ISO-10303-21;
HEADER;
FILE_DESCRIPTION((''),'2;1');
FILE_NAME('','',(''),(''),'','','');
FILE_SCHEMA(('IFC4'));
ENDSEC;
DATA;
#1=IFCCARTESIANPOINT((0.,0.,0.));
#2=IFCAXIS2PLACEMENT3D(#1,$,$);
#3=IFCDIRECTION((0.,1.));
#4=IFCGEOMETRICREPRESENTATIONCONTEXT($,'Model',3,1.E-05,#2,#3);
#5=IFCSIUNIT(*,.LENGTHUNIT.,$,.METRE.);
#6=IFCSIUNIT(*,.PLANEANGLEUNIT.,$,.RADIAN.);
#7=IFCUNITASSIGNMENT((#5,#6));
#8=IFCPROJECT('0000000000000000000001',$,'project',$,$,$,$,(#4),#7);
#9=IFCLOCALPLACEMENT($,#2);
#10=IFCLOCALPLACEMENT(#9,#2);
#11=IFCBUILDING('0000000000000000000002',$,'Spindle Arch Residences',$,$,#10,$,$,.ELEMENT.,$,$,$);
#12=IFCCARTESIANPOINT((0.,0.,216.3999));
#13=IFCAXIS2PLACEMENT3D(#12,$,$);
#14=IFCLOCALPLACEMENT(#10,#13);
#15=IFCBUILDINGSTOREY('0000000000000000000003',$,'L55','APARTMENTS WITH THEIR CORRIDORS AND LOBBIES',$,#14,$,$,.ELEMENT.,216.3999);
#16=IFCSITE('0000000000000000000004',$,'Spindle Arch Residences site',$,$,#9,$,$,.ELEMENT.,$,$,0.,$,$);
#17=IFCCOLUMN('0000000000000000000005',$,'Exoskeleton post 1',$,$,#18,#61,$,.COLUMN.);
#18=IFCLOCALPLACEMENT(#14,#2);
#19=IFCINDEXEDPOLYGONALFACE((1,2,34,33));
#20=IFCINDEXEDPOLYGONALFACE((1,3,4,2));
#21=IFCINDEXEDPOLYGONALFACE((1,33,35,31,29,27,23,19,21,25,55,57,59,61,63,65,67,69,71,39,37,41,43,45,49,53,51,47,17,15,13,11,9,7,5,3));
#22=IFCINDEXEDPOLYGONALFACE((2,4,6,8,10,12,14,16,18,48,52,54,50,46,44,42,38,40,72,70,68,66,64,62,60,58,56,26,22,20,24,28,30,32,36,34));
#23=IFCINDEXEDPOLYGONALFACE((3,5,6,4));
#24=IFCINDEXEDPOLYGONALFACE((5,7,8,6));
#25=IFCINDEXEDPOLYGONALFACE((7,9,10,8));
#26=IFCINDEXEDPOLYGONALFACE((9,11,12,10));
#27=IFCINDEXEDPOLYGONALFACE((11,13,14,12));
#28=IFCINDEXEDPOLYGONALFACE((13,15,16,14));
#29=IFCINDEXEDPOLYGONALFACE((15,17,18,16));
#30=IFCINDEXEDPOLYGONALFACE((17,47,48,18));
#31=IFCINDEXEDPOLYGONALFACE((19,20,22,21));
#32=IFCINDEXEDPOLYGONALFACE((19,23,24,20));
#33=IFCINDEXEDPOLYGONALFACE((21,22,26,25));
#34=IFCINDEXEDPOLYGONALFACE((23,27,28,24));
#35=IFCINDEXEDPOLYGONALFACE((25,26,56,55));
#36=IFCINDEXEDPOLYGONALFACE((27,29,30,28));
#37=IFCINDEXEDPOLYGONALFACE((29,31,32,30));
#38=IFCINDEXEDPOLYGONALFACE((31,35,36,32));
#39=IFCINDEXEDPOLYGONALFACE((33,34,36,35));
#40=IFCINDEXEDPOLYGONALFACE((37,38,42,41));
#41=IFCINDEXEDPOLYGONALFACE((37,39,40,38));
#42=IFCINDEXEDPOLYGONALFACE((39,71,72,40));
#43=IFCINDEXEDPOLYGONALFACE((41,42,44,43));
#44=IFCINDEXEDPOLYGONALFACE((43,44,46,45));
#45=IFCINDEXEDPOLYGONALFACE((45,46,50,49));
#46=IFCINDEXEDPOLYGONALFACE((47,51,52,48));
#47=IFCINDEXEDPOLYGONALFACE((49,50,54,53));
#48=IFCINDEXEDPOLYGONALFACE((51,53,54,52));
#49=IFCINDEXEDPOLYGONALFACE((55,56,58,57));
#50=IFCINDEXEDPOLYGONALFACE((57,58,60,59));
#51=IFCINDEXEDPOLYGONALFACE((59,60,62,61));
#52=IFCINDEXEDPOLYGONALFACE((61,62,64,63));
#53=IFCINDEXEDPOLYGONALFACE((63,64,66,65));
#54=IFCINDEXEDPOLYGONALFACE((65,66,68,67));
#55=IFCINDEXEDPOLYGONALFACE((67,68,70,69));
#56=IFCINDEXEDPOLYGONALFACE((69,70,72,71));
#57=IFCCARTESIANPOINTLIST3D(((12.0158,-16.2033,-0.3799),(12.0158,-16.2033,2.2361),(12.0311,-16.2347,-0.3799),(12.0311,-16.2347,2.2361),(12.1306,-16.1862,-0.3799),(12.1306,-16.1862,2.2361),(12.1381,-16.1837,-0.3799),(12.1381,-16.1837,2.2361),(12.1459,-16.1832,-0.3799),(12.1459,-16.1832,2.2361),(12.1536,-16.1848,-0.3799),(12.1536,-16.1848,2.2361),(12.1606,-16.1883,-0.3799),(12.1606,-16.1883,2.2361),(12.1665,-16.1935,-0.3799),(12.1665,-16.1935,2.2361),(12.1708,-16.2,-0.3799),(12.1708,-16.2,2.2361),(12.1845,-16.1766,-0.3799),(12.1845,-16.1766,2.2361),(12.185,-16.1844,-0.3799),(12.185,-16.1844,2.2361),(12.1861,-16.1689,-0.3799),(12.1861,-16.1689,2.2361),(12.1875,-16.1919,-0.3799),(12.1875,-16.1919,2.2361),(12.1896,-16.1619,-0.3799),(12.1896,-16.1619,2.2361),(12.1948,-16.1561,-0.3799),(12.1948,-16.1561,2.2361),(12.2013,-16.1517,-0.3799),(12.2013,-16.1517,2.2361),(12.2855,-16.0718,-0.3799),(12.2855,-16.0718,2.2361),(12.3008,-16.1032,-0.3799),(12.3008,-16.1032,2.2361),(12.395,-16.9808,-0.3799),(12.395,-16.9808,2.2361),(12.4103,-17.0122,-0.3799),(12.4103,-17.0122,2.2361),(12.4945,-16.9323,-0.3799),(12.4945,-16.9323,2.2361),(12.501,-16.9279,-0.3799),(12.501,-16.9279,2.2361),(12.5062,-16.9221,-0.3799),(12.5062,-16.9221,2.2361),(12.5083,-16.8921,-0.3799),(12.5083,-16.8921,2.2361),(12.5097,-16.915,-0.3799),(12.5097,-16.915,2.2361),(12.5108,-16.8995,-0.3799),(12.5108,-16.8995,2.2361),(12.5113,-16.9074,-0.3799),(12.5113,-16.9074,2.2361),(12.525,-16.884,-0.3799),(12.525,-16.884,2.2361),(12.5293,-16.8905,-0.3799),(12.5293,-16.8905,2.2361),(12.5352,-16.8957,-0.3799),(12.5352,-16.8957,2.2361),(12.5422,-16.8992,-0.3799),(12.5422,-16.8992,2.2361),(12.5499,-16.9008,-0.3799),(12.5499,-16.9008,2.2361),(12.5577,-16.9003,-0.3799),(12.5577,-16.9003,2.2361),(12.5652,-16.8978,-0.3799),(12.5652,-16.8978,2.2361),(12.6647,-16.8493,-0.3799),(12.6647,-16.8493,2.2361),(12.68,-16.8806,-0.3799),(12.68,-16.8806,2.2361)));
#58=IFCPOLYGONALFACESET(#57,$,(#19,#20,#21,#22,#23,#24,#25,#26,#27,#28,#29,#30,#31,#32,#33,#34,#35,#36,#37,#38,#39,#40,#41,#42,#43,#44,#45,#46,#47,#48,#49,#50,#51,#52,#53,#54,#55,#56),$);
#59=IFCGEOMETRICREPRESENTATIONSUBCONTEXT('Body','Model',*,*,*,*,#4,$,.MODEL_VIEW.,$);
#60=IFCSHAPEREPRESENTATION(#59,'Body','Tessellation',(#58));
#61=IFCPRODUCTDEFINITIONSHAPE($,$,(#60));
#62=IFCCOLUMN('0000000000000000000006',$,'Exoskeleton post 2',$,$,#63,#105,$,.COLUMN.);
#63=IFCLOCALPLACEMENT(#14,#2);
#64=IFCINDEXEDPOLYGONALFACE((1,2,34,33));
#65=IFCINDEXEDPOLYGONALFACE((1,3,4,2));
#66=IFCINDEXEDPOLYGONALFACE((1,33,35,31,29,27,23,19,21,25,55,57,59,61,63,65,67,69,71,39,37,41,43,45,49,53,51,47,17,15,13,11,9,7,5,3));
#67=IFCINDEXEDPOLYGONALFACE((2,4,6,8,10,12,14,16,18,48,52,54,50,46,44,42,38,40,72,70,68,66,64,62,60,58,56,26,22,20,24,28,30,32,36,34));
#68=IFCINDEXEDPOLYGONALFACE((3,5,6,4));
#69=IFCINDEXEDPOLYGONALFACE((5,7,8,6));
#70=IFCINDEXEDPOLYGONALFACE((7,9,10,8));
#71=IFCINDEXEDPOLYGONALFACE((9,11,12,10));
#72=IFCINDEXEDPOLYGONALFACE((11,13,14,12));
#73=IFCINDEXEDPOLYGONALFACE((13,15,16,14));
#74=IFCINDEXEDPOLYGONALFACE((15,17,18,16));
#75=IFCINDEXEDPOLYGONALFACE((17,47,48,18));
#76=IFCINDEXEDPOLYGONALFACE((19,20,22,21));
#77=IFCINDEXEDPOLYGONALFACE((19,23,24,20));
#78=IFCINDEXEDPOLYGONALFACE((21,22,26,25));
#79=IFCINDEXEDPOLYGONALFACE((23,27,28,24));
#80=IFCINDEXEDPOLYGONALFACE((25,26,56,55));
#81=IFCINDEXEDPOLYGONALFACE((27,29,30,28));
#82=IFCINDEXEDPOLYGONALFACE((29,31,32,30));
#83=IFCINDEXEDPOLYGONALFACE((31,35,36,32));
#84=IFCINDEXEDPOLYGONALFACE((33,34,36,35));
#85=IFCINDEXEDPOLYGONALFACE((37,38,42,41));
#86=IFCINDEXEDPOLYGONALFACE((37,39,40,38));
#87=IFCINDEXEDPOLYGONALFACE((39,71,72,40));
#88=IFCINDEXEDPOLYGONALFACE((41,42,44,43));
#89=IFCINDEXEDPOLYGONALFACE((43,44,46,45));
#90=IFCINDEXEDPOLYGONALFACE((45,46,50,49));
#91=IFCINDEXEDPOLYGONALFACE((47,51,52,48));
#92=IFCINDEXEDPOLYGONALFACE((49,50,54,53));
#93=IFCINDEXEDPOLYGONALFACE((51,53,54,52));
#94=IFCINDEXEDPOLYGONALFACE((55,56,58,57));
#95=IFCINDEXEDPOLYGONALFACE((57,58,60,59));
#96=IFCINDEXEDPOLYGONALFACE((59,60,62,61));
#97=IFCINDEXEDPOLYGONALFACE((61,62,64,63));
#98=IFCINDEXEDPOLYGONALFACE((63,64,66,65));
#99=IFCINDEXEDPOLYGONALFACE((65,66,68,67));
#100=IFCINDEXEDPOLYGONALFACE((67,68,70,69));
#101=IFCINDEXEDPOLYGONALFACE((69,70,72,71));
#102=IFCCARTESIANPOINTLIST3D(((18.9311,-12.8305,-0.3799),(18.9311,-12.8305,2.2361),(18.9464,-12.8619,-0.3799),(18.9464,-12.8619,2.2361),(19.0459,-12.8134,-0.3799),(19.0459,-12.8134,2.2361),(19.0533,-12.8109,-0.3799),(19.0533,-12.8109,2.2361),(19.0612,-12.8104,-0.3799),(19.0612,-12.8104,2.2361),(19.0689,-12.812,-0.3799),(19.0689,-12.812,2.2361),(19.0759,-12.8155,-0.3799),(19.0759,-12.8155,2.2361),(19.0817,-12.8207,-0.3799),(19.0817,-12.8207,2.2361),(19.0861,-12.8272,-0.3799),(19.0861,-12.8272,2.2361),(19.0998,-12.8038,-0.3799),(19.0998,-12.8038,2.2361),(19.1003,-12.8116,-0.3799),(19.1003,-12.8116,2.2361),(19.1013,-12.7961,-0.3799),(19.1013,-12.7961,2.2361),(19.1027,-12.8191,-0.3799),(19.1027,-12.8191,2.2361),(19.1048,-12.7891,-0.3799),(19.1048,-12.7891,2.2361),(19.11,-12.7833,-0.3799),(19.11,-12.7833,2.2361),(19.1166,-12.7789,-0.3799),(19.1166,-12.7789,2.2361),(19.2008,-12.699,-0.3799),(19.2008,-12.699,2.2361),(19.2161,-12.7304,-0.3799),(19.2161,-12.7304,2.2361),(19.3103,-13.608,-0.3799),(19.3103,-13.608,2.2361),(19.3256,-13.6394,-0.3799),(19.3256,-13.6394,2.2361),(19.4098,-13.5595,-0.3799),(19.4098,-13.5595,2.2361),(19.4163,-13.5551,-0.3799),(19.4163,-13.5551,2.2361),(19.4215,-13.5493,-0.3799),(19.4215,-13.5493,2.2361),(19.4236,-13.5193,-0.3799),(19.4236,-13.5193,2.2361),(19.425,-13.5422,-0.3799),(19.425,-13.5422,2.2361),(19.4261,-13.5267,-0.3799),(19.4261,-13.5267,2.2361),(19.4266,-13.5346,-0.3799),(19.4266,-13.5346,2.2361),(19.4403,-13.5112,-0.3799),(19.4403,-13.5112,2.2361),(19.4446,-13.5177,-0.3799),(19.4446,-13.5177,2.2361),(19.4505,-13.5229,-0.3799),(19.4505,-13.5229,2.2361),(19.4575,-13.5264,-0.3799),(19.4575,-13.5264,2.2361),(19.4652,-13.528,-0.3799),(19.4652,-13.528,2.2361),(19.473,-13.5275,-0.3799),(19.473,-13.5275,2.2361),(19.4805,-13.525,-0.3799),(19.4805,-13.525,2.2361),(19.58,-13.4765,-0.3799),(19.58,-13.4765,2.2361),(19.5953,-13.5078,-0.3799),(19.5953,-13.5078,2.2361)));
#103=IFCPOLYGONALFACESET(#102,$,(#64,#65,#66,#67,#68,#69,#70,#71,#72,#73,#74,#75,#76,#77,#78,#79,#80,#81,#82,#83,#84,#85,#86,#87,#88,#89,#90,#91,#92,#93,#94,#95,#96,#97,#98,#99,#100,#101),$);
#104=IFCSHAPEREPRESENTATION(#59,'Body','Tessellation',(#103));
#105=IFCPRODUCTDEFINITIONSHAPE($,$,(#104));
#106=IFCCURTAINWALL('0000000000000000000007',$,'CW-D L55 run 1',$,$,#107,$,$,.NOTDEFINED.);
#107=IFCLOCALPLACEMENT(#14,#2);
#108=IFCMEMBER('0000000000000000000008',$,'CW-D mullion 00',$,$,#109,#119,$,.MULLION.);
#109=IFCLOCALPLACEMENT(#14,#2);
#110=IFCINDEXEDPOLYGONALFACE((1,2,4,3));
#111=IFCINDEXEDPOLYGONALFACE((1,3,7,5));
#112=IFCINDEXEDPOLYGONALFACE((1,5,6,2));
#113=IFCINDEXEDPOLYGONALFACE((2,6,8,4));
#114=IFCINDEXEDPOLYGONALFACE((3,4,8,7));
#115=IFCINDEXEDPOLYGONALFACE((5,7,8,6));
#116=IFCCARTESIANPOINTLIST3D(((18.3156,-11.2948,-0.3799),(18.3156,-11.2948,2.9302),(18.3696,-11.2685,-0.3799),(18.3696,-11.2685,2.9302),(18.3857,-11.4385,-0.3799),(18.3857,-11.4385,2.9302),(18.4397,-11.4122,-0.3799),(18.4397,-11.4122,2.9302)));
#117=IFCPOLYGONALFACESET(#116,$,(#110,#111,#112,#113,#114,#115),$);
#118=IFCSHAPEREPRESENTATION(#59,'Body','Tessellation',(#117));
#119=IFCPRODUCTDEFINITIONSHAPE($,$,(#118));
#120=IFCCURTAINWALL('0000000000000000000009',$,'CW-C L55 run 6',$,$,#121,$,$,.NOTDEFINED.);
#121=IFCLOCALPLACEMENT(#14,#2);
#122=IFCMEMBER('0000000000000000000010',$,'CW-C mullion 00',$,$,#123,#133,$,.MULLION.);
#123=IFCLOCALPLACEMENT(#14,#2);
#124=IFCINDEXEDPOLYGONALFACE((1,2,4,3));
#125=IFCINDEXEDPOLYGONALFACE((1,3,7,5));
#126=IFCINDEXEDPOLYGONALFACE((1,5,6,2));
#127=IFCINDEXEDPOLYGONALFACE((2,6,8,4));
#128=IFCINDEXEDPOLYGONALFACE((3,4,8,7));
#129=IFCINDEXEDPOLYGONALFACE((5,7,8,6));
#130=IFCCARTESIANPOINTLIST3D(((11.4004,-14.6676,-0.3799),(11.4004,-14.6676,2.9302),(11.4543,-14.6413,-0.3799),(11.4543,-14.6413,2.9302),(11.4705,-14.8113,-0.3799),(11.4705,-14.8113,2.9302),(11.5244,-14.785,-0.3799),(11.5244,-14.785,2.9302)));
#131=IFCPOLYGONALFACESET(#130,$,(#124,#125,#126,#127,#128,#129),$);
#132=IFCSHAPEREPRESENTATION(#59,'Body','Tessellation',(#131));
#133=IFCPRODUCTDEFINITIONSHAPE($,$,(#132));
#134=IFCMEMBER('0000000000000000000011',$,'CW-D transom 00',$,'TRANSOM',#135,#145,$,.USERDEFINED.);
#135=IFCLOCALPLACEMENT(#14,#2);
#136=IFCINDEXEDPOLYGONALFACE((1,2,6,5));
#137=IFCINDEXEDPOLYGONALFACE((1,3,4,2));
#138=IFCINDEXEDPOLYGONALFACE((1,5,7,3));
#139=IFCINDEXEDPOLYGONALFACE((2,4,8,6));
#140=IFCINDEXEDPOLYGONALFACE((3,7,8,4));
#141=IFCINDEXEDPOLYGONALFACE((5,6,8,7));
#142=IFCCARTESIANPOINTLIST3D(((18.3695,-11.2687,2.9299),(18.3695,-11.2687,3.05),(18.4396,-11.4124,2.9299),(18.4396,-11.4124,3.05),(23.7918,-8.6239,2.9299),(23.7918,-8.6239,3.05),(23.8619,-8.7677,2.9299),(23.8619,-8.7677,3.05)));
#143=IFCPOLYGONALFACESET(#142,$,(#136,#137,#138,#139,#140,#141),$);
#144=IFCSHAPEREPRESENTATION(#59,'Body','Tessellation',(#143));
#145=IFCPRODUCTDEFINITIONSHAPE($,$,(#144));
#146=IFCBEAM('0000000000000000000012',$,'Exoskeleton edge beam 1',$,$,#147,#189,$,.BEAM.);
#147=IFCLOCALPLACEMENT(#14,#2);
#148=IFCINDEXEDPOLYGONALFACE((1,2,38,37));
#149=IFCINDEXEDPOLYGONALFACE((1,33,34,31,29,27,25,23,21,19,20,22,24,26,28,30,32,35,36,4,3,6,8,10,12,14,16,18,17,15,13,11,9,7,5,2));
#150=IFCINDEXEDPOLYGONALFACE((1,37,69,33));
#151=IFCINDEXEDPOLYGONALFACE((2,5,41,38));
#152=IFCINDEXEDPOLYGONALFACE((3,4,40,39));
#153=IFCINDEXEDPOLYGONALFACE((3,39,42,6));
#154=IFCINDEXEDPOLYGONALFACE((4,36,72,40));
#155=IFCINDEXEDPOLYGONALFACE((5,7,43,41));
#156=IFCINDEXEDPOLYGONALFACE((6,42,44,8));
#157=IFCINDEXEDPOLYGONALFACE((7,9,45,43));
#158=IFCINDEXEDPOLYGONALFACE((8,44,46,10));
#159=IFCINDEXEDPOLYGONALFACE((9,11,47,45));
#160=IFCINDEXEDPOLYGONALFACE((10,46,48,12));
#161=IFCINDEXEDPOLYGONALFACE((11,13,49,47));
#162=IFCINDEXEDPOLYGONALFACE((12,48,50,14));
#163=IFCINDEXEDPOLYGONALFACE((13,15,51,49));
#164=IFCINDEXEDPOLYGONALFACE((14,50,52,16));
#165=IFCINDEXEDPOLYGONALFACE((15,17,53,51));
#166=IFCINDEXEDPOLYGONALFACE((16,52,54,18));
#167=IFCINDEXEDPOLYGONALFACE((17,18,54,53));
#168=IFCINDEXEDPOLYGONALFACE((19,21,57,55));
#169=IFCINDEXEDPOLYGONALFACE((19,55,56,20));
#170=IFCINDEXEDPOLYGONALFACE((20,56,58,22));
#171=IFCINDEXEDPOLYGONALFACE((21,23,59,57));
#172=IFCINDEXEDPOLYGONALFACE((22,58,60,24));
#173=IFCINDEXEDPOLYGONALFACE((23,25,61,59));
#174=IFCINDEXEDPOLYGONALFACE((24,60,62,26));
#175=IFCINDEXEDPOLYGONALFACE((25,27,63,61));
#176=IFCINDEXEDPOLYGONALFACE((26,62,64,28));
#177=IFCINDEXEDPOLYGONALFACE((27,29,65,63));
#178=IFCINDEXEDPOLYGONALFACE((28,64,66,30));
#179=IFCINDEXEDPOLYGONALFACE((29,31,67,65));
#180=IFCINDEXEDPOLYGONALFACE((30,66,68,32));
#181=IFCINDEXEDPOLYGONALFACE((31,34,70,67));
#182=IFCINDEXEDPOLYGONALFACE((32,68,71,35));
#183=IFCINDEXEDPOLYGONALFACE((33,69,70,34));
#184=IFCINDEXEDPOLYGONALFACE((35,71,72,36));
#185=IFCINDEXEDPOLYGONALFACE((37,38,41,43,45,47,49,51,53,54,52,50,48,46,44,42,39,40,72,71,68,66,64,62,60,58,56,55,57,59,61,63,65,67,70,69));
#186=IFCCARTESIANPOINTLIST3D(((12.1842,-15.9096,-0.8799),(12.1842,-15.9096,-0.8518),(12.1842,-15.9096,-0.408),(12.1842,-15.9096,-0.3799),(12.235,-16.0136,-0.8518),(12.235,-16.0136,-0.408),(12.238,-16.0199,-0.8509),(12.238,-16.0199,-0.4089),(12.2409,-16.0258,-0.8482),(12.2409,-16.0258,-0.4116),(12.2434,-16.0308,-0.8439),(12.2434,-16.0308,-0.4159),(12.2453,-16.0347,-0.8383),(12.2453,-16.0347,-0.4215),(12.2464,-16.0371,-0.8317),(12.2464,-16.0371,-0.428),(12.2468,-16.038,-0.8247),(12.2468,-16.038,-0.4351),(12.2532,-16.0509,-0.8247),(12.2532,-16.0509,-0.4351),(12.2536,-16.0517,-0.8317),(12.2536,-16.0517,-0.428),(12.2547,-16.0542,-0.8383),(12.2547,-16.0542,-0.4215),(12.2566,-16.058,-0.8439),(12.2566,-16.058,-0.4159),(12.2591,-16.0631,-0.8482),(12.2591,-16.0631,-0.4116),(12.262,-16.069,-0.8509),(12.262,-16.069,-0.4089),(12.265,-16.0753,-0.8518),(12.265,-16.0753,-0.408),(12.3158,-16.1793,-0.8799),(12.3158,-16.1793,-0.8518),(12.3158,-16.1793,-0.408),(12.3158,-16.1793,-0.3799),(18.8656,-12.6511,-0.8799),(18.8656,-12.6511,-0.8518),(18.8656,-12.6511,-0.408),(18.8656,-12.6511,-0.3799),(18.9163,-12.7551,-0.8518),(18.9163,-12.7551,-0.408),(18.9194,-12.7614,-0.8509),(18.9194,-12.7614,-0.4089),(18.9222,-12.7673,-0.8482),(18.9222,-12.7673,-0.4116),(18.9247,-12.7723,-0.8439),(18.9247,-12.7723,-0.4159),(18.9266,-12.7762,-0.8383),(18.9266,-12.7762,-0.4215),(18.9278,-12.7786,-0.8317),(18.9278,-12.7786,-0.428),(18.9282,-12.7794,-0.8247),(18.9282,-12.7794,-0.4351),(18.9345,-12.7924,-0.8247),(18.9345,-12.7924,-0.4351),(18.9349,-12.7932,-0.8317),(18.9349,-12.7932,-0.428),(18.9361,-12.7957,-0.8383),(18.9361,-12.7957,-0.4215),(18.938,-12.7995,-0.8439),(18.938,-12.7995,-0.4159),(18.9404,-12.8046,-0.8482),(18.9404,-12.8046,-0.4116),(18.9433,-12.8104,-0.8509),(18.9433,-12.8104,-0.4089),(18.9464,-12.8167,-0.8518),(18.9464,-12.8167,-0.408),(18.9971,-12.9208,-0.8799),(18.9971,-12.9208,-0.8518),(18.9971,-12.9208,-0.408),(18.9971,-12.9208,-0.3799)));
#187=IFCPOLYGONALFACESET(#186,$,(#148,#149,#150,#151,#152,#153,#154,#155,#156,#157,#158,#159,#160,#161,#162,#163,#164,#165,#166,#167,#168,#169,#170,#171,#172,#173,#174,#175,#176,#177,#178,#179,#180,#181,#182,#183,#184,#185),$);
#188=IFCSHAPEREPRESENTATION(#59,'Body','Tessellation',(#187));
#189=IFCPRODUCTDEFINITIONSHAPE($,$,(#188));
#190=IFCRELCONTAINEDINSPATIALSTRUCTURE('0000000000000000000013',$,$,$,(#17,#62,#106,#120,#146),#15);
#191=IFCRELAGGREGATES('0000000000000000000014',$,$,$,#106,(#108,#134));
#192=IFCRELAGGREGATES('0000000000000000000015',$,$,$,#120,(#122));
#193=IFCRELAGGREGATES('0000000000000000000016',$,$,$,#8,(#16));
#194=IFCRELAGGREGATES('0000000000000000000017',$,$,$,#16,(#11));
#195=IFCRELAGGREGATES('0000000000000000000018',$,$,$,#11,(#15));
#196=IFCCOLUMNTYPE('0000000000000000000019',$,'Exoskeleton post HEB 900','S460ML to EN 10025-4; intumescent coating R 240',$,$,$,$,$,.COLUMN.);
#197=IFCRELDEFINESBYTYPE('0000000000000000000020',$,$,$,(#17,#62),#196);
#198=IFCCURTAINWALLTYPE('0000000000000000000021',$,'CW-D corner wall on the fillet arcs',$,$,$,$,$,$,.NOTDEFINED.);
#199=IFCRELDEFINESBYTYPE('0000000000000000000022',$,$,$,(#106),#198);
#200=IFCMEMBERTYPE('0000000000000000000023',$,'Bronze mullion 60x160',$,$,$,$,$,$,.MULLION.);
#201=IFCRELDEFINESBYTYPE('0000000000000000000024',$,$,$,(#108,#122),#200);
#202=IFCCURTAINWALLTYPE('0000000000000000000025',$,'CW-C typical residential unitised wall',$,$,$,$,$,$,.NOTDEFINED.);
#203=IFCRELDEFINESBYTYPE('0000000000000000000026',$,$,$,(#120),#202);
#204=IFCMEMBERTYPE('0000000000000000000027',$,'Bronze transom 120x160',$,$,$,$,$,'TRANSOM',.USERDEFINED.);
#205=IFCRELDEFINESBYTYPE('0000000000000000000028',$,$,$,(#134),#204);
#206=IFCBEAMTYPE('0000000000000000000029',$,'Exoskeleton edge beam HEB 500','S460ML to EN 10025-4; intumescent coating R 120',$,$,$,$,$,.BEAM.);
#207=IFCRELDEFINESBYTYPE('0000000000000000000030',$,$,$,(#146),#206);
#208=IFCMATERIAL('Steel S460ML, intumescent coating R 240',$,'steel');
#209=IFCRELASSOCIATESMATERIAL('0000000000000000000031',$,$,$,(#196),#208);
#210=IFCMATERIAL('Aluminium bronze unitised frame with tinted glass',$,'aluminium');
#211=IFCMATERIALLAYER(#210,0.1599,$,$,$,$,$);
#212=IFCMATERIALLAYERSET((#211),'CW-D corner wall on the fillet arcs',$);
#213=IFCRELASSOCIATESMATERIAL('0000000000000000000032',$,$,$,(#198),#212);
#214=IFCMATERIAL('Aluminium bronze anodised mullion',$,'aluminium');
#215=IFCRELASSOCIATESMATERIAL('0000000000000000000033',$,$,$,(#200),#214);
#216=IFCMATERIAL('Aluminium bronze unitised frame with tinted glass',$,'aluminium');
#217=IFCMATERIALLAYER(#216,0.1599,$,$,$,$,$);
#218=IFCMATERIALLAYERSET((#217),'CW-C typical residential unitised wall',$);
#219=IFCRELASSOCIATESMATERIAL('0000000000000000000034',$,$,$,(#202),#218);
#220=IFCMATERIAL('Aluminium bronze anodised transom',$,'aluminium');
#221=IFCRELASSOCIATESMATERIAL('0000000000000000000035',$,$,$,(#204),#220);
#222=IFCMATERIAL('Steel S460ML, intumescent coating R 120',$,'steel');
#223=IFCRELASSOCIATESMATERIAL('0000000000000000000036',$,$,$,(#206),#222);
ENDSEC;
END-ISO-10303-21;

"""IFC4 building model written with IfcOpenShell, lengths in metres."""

from ifc_helpers import new_model, si_unit, direction, frame, origin, origin_2d, place, context, subcontext, project, spatial, rectangle, i_section, extrude, material, layer, layer_set, material_profile, profile_set, type_object, element, aggregate, save


model = new_model("IFC4")

# Units and contexts
model_context = context("Model", 3, precision=1e-05, world=origin(), true_north=direction((0.0, 1.0)))
body_context = subcontext(model_context, "Body", "Model", "MODEL_VIEW")
ifc_project = project(units=[si_unit("LENGTHUNIT", "METRE"), si_unit("PLANEANGLEUNIT", "RADIAN")], contexts=[model_context])

# Site, building, storey
site_placement = place(None, origin())
site = spatial("IfcSite", under=ifc_project, at=site_placement, Name="Spindle Arch Residences site", CompositionType="ELEMENT", RefElevation=0.0)
building_placement = place(site_placement, origin())
building = spatial("IfcBuilding", under=site, at=building_placement, Name="Spindle Arch Residences", CompositionType="ELEMENT")
storey_placement = place(building_placement, frame((0.0, 0.0, 216.3999)))
storey = spatial("IfcBuildingStorey", under=building, at=storey_placement, Name="L55", Description="APARTMENTS WITH THEIR CORRIDORS AND LOBBIES", CompositionType="ELEMENT", Elevation=216.3999)

# Columns
ifc_material_1 = material(Name="Steel S460ML, intumescent coating R 240", Category="steel")
ifc_material_profile_1 = material_profile(ifc_material_1, i_section(OverallWidth=0.3, OverallDepth=0.8999, WebThickness=0.0186, FlangeThickness=0.0349, FilletRadius=0.03, at=origin_2d()), Name="HEB 900")
ifc_profile_set_1 = profile_set([ifc_material_profile_1], Name="Steel S460ML, intumescent coating R 240")
column_type = type_object("IfcColumnType", Name="Exoskeleton post HEB 900", Description="S460ML to EN 10025-4; intumescent coating R 240", PredefinedType="COLUMN", material=ifc_profile_set_1)
for number, where, z_axis, x_axis, name in (
    (1, (12.3479, -16.542, -0.3799), (0.0, 0.0, 1.0), (-0.898794, -0.438371, 0.0), "Exoskeleton post 1"),
    (2, (19.2632, -13.1692, -0.3799), (0.0, 0.0, 1.0), (-0.898794, -0.438371, 0.0), "Exoskeleton post 2"),
):
    element("IfcColumn", number, at=place(storey_placement, frame(where, z_axis=z_axis, x_axis=x_axis)), inside=storey, type_object=column_type, Name=name, PredefinedType="COLUMN", context=body_context, shape_type="SweptSolid", body=[
        extrude(i_section(OverallWidth=0.3, OverallDepth=0.8999, WebThickness=0.0186, FlangeThickness=0.0349, FilletRadius=0.03, at=origin_2d()), origin(), (0.0, 0.0, 1.0), 2.616),
    ])

# Curtain walls, members
ifc_material_2 = material(Name="Aluminium bronze unitised frame with tinted glass", Category="aluminium")
ifc_layer_1 = layer(ifc_material_2, 0.1599)
ifc_layer_set_1 = layer_set([ifc_layer_1], Name="CW-D corner wall on the fillet arcs")
curtain_wall_type_1 = type_object("IfcCurtainWallType", Name="CW-D corner wall on the fillet arcs", PredefinedType="NOTDEFINED", material=ifc_layer_set_1)
curtain_wall_1_placement = place(storey_placement, origin())
curtain_wall_1 = element("IfcCurtainWall", 3, at=curtain_wall_1_placement, inside=storey, type_object=curtain_wall_type_1, Name="CW-D L55 run 1", PredefinedType="NOTDEFINED")
ifc_material_3 = material(Name="Aluminium bronze anodised mullion", Category="aluminium")
ifc_material_profile_2 = material_profile(ifc_material_3, rectangle(XDim=0.1599, YDim=0.0601, at=origin_2d()), Name="MU 60x160")
ifc_profile_set_2 = profile_set([ifc_material_profile_2], Name="Aluminium bronze anodised mullion")
member_type_1 = type_object("IfcMemberType", Name="Bronze mullion 60x160", PredefinedType="MULLION", material=ifc_profile_set_2)
member_1_placement = place(storey_placement, frame((18.3777, -11.3535, -0.3799), z_axis=(0.0, 0.0, 1.0), x_axis=(-0.438371, 0.898794, 0.0)))
member_1 = element("IfcMember", 4, at=member_1_placement, type_object=member_type_1, Name="CW-D mullion 00", PredefinedType="MULLION", context=body_context, shape_type="SweptSolid", body=[
    extrude(rectangle(XDim=0.1599, YDim=0.0601, at=origin_2d()), origin(), (0.0, 0.0, 1.0), 3.3101),
])
ifc_material_4 = material(Name="Aluminium bronze unitised frame with tinted glass", Category="aluminium")
ifc_layer_2 = layer(ifc_material_4, 0.1599)
ifc_layer_set_2 = layer_set([ifc_layer_2], Name="CW-C typical residential unitised wall")
curtain_wall_type_2 = type_object("IfcCurtainWallType", Name="CW-C typical residential unitised wall", PredefinedType="NOTDEFINED", material=ifc_layer_set_2)
curtain_wall_2_placement = place(storey_placement, origin())
curtain_wall_2 = element("IfcCurtainWall", 5, at=curtain_wall_2_placement, inside=storey, type_object=curtain_wall_type_2, Name="CW-C L55 run 6", PredefinedType="NOTDEFINED")
member_2_placement = place(storey_placement, frame((11.4624, -14.7263, -0.3799), z_axis=(0.0, 0.0, 1.0), x_axis=(-0.438371, 0.898794, 0.0)))
member_2 = element("IfcMember", 6, at=member_2_placement, type_object=member_type_1, Name="CW-C mullion 00", PredefinedType="MULLION", context=body_context, shape_type="SweptSolid", body=[
    extrude(rectangle(XDim=0.1599, YDim=0.0601, at=origin_2d()), origin(), (0.0, 0.0, 1.0), 3.3101),
])

# Member
ifc_material_5 = material(Name="Aluminium bronze anodised transom", Category="aluminium")
ifc_material_profile_3 = material_profile(ifc_material_5, rectangle(XDim=0.1599, YDim=0.1201, at=origin_2d()), Name="TR 120x160")
ifc_profile_set_3 = profile_set([ifc_material_profile_3], Name="Aluminium bronze anodised transom")
member_type_2 = type_object("IfcMemberType", Name="Bronze transom 120x160", ElementType="TRANSOM", PredefinedType="USERDEFINED", material=ifc_profile_set_3)
member_3_placement = place(storey_placement, frame((18.4045, -11.3406, 2.99), z_axis=(0.898787, 0.438386, 0.0), x_axis=(-0.438386, 0.898787, 0.0)))
member_3 = element("IfcMember", 7, at=member_3_placement, type_object=member_type_2, Name="CW-D transom 00", ObjectType="TRANSOM", PredefinedType="USERDEFINED", context=body_context, shape_type="SweptSolid", body=[
    extrude(rectangle(XDim=0.1599, YDim=0.1201, at=origin_2d()), origin(), (0.0, 0.0, 1.0), 6.033),
])
aggregate(curtain_wall_1, [member_1, member_3])

# Beam
ifc_material_6 = material(Name="Steel S460ML, intumescent coating R 120", Category="steel")
ifc_material_profile_4 = material_profile(ifc_material_6, i_section(OverallWidth=0.3, OverallDepth=0.5, WebThickness=0.0144, FlangeThickness=0.0281, FilletRadius=0.0271, at=origin_2d()), Name="HEB 500")
ifc_profile_set_4 = profile_set([ifc_material_profile_4], Name="Steel S460ML, intumescent coating R 120")
beam_type_1 = type_object("IfcBeamType", Name="Exoskeleton edge beam HEB 500", Description="S460ML to EN 10025-4; intumescent coating R 120", PredefinedType="BEAM", material=ifc_profile_set_4)
beam_1_placement = place(storey_placement, frame((12.25, -16.0444, -0.6299), z_axis=(0.898804, 0.438351, 0.0), x_axis=(-0.438351, 0.898804, 0.0)))
element("IfcBeam", 8, at=beam_1_placement, inside=storey, type_object=beam_type_1, Name="Exoskeleton edge beam 1", PredefinedType="BEAM", context=body_context, shape_type="SweptSolid", body=[
    extrude(i_section(OverallWidth=0.3, OverallDepth=0.5, WebThickness=0.0144, FlangeThickness=0.0281, FilletRadius=0.0271, at=origin_2d()), origin(), (0.0, 0.0, 1.0), 7.4336),
])

aggregate(curtain_wall_2, [member_2])

save(model, "model.ifc")
